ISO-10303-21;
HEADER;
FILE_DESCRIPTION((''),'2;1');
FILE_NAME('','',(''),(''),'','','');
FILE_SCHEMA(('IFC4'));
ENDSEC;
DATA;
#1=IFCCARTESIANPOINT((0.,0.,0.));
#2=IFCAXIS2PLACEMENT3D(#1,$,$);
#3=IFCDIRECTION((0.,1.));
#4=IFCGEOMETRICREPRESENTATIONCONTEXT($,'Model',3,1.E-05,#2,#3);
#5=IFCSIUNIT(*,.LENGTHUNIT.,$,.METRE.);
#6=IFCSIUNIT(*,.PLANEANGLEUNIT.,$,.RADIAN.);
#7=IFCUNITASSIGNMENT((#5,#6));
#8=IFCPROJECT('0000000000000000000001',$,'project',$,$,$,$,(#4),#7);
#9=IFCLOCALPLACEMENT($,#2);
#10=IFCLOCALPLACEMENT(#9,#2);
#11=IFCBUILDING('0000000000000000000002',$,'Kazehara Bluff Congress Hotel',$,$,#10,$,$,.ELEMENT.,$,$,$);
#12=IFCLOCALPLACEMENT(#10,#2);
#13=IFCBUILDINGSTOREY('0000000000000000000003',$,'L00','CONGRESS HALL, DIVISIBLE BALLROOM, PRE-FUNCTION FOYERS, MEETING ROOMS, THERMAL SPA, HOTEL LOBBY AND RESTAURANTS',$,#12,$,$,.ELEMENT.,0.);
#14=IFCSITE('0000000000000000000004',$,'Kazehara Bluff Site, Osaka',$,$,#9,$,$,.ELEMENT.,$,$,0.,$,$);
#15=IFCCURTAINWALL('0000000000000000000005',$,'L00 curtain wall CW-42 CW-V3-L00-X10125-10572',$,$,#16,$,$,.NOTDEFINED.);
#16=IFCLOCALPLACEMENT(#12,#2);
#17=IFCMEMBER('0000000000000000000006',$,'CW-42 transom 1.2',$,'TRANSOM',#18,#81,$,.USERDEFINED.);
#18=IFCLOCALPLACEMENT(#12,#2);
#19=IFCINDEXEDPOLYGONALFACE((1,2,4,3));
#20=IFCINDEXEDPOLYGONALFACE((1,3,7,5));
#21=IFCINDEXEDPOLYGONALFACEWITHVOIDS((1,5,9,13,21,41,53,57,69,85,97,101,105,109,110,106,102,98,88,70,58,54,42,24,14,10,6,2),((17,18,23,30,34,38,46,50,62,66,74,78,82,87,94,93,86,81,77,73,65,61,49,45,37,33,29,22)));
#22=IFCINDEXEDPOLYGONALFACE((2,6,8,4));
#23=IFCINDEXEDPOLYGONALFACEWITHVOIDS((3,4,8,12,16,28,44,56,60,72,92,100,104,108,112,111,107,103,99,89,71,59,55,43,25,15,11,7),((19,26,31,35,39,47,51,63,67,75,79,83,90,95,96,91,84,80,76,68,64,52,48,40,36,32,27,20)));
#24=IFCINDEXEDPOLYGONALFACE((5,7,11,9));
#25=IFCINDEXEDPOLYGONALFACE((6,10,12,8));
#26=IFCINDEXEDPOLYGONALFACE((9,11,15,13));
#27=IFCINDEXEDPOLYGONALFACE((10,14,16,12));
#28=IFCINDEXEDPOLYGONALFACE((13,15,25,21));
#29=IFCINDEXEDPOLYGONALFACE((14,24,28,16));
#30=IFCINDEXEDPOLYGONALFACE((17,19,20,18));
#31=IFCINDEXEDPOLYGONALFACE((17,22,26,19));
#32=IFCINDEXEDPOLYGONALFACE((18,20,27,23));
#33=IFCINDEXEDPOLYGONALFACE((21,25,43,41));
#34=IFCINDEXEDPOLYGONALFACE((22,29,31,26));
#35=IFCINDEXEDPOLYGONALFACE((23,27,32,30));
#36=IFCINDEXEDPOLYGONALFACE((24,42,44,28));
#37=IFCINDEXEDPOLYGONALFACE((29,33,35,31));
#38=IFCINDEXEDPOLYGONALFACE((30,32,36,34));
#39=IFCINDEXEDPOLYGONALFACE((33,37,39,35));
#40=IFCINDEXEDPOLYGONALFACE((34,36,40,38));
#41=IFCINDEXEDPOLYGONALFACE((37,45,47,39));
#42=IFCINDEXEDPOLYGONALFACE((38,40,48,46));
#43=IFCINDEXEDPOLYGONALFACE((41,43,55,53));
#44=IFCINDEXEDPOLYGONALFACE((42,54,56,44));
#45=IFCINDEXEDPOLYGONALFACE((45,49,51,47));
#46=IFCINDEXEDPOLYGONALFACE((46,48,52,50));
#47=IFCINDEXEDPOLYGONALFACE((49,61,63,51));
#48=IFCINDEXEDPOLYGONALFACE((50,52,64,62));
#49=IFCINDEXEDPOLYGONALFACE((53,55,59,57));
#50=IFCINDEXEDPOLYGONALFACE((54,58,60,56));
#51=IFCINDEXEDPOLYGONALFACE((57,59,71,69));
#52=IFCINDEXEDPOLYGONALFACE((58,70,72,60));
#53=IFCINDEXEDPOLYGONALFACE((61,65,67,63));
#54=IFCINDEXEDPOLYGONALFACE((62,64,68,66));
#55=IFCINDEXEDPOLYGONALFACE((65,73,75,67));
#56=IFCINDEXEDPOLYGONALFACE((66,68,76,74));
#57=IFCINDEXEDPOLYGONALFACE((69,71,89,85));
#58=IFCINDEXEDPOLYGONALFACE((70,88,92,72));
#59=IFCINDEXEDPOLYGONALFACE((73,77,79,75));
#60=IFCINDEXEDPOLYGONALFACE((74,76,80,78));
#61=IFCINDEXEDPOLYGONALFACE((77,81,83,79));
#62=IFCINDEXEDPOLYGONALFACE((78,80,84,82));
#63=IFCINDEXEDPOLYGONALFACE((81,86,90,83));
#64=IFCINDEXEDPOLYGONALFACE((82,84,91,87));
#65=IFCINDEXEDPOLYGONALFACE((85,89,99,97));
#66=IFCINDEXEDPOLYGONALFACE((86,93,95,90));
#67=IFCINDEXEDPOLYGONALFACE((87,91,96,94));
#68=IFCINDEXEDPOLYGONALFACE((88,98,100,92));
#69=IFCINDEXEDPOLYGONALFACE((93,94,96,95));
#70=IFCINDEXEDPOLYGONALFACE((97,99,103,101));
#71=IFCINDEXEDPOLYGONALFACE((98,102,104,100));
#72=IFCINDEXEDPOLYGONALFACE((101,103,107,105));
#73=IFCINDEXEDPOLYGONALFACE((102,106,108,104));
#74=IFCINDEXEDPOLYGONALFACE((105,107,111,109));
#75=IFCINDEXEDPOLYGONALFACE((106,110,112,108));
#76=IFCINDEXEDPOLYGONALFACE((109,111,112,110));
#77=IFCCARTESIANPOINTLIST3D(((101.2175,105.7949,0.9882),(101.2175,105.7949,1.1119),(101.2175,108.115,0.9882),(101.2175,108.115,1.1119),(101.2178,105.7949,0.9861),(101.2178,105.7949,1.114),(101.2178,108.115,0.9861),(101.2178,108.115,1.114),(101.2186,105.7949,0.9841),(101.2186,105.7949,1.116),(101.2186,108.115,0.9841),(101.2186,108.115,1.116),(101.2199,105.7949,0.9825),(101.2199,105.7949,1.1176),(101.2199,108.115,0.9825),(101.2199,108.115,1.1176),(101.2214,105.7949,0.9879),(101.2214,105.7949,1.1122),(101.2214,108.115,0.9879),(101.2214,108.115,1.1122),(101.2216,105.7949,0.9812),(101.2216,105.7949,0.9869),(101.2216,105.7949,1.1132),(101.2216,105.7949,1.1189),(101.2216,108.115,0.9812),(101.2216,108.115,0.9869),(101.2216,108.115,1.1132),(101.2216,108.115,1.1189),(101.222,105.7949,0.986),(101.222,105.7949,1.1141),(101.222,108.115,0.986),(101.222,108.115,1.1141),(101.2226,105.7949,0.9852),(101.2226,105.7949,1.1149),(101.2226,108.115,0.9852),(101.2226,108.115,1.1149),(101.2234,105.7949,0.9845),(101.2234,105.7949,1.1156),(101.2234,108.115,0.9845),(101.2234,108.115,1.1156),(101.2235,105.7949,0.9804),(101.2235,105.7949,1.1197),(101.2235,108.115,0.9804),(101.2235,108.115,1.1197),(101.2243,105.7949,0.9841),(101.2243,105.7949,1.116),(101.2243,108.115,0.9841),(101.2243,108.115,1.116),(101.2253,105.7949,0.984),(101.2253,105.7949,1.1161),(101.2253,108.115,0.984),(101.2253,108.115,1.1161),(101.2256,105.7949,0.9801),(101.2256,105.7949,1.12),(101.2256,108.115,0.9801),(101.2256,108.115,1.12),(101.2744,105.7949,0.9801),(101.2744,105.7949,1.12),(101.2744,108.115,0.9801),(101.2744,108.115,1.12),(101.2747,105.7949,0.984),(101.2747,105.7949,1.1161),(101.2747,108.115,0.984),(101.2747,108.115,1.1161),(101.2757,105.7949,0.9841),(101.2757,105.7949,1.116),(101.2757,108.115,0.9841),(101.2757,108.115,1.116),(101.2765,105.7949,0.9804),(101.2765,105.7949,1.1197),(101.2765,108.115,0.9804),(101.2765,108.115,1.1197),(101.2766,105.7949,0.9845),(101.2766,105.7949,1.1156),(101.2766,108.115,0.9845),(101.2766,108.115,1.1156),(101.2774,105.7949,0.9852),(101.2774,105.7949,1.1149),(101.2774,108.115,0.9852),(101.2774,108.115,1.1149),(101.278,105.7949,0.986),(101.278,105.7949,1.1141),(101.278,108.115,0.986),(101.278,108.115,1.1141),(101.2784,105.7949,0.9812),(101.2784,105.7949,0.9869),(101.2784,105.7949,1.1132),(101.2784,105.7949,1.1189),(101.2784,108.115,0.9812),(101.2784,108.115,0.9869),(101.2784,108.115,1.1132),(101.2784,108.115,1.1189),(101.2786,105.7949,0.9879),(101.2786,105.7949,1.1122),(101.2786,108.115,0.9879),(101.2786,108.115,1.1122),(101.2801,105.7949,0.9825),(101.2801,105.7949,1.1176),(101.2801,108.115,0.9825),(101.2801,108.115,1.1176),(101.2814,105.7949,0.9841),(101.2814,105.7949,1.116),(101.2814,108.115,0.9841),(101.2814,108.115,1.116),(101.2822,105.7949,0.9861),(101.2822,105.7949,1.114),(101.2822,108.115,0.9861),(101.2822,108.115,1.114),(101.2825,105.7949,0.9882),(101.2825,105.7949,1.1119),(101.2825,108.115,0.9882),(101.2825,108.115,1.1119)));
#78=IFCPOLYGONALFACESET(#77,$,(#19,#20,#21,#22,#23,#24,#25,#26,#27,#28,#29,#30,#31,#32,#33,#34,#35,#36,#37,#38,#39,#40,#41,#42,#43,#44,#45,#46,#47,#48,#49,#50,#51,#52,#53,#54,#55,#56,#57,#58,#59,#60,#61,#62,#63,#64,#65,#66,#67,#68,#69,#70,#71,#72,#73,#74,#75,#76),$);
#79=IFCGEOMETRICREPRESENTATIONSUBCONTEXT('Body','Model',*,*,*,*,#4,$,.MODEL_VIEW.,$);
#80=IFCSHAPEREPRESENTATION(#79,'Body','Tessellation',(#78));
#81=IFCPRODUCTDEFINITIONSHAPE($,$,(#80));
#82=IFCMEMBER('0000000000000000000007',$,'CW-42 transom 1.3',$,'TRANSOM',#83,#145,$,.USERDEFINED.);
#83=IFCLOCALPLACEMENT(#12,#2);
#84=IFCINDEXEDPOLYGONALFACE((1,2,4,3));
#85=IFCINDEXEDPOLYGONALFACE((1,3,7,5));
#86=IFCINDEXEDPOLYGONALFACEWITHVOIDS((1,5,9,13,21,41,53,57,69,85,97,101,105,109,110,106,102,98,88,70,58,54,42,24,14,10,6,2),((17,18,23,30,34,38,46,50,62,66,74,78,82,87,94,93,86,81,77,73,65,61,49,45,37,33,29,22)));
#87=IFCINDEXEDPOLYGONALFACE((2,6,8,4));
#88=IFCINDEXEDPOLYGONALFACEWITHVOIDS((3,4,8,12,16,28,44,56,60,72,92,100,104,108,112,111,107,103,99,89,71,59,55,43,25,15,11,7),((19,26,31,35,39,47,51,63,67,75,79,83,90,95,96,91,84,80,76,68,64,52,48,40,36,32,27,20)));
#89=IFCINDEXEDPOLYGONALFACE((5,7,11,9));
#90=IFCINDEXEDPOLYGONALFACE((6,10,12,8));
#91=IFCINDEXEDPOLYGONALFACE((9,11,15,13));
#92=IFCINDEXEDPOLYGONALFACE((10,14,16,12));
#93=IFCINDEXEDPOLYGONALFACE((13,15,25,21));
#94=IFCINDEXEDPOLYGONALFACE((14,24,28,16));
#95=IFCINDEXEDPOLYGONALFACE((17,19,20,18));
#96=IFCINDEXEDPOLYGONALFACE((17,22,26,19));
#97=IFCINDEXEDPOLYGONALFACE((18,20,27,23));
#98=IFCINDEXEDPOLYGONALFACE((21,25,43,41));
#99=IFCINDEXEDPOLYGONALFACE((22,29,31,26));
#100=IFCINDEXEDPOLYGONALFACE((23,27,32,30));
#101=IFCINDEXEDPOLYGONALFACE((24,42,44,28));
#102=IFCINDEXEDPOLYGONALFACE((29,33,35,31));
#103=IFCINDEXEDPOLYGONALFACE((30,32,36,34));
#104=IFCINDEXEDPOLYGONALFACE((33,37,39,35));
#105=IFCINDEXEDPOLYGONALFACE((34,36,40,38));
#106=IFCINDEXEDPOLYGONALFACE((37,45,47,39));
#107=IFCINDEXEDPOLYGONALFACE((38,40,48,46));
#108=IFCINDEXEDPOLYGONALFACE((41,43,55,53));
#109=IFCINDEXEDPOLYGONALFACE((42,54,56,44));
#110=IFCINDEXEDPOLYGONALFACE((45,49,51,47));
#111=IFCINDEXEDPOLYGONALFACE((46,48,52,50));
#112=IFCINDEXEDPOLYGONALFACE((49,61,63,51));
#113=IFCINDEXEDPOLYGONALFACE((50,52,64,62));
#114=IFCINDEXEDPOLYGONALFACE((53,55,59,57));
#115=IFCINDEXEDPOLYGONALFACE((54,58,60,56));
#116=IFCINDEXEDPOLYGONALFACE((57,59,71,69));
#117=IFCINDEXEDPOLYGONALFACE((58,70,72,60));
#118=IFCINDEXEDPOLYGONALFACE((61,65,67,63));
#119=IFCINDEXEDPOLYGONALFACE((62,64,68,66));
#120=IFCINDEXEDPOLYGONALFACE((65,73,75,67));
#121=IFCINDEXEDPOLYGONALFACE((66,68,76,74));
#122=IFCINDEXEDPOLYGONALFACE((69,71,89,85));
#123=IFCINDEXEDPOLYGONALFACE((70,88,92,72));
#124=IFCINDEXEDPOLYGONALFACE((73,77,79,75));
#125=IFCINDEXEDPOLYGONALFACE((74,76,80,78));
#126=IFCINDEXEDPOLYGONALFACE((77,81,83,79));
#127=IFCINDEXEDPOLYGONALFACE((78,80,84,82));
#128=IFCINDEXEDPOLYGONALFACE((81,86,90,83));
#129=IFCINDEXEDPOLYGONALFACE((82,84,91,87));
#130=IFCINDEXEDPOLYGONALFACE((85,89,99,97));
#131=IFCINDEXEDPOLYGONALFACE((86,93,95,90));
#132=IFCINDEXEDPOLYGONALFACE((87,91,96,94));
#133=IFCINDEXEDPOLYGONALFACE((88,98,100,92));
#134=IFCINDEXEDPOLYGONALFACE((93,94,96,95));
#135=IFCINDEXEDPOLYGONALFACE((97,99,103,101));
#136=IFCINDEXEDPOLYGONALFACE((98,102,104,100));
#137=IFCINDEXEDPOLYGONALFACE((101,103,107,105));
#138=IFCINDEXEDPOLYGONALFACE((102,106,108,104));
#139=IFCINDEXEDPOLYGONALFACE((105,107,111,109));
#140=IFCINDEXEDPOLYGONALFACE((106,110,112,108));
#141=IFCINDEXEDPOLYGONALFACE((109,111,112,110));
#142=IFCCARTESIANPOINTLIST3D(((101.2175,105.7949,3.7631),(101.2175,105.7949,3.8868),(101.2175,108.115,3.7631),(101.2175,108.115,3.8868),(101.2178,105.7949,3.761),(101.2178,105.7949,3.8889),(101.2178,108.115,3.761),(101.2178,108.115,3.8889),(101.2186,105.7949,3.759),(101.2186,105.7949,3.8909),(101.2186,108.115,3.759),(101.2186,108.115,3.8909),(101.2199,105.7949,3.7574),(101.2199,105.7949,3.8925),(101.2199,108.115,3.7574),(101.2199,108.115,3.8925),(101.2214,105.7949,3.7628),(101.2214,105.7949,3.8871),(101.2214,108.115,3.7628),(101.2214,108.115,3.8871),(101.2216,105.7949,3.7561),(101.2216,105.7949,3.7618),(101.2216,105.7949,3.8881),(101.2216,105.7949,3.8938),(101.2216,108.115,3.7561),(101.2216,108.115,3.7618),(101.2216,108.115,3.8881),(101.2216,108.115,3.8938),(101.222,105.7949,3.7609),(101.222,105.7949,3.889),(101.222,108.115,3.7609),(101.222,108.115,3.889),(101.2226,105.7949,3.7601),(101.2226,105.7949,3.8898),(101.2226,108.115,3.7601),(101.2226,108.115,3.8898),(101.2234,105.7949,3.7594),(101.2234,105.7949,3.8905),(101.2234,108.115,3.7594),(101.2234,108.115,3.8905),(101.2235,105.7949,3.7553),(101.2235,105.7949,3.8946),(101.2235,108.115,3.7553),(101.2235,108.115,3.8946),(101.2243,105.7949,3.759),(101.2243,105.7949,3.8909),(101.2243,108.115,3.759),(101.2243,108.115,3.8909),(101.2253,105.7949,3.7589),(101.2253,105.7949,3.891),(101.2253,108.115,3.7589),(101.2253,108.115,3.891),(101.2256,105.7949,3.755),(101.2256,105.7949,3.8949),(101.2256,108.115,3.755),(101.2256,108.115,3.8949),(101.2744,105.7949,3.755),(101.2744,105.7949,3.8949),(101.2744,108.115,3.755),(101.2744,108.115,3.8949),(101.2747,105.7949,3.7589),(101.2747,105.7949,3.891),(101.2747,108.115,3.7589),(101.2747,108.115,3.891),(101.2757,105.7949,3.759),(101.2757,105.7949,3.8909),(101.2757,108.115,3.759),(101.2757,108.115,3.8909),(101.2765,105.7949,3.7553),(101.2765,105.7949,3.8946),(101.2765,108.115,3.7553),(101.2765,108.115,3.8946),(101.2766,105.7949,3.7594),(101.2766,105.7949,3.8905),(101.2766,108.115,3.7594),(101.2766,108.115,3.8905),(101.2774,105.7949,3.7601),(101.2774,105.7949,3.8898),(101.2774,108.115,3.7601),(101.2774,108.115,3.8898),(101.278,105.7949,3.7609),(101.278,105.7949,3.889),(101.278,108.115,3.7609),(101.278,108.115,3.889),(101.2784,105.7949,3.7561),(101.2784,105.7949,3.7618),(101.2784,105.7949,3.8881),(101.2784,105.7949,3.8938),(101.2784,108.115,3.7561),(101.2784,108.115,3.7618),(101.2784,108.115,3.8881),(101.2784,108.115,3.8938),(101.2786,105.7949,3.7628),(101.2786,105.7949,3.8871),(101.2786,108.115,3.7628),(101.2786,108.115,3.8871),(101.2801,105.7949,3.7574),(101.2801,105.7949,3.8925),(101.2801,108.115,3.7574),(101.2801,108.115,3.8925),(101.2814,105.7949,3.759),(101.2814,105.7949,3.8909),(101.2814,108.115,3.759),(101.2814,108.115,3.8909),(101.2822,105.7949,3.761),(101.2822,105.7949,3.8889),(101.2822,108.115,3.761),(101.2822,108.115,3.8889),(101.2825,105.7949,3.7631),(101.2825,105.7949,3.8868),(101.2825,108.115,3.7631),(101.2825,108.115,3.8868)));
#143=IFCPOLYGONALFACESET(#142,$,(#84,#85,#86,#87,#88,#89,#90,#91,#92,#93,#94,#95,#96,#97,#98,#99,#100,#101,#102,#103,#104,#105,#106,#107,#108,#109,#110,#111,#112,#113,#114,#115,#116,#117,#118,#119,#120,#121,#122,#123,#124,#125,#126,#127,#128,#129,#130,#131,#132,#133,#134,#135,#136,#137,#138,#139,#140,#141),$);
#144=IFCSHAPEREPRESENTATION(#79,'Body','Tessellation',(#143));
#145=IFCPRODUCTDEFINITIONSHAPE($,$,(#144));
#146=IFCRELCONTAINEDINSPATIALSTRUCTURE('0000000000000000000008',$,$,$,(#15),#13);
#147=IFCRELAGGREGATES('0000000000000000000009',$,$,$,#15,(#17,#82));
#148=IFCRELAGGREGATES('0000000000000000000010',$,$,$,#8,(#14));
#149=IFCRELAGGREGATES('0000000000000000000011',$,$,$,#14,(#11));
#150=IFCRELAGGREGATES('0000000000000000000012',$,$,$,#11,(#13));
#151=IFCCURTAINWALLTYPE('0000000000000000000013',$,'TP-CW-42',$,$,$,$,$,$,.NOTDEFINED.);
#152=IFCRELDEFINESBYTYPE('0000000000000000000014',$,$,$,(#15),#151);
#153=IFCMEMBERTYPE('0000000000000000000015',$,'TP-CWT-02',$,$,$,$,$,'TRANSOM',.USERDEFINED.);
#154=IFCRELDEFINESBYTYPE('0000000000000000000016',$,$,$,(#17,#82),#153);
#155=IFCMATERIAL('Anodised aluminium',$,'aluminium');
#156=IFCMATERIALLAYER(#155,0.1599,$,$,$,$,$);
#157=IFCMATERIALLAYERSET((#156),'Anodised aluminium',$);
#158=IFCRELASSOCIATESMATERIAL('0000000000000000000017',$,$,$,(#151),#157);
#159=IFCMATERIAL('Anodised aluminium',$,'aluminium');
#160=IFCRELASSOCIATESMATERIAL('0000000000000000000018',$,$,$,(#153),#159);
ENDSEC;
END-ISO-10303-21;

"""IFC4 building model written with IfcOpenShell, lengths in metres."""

from ifc_helpers import new_model, si_unit, direction, frame, origin, origin_2d, place, context, subcontext, project, spatial, hollow_rectangle, extrude, material, layer, layer_set, material_profile, profile_set, type_object, element, aggregate, save


model = new_model("IFC4")

# Units and contexts
model_context = context("Model", 3, precision=1e-05, world=origin(), true_north=direction((0.0, 1.0)))
body_context = subcontext(model_context, "Body", "Model", "MODEL_VIEW")
ifc_project = project(units=[si_unit("LENGTHUNIT", "METRE"), si_unit("PLANEANGLEUNIT", "RADIAN")], contexts=[model_context])

# Site, building, storey
site_placement = place(None, origin())
site = spatial("IfcSite", under=ifc_project, at=site_placement, Name="Kazehara Bluff Site, Osaka", CompositionType="ELEMENT", RefElevation=0.0)
building_placement = place(site_placement, origin())
building = spatial("IfcBuilding", under=site, at=building_placement, Name="Kazehara Bluff Congress Hotel", CompositionType="ELEMENT")
storey_placement = place(building_placement, origin())
storey = spatial("IfcBuildingStorey", under=building, at=storey_placement, Name="L00", Description="CONGRESS HALL, DIVISIBLE BALLROOM, PRE-FUNCTION FOYERS, MEETING ROOMS, THERMAL SPA, HOTEL LOBBY AND RESTAURANTS", CompositionType="ELEMENT", Elevation=0.0)

# Curtain wall
ifc_material_1 = material(Name="Anodised aluminium", Category="aluminium")
ifc_layer_1 = layer(ifc_material_1, 0.1599)
ifc_layer_set_1 = layer_set([ifc_layer_1], Name="Anodised aluminium")
curtain_wall_type_1 = type_object("IfcCurtainWallType", Name="TP-CW-42", PredefinedType="NOTDEFINED", material=ifc_layer_set_1)
curtain_wall_1_placement = place(storey_placement, origin())
curtain_wall_1 = element("IfcCurtainWall", 1, at=curtain_wall_1_placement, inside=storey, type_object=curtain_wall_type_1, Name="L00 curtain wall CW-42 CW-V3-L00-X10125-10572", PredefinedType="NOTDEFINED")

# Members
ifc_material_2 = material(Name="Anodised aluminium", Category="aluminium")
ifc_material_profile_1 = material_profile(ifc_material_2, hollow_rectangle(XDim=0.0649, YDim=0.1399, WallThickness=0.0039, InnerFilletRadius=0.0039, OuterFilletRadius=0.0081, at=origin_2d()))
ifc_profile_set_1 = profile_set([ifc_material_profile_1], Name="Anodised aluminium")
member_type_1 = type_object("IfcMemberType", Name="TP-CWT-02", ElementType="TRANSOM", PredefinedType="USERDEFINED", material=ifc_profile_set_1)
member_1_placement = place(storey_placement, frame((101.25, 105.7949, 1.05), z_axis=(0.0, 1.0, 0.0), x_axis=(-1.0, 0.0, 0.0)))
member_1 = element("IfcMember", 2, at=member_1_placement, type_object=member_type_1, Name="CW-42 transom 1.2", ObjectType="TRANSOM", PredefinedType="USERDEFINED", context=body_context, shape_type="SweptSolid", body=[
    extrude(hollow_rectangle(XDim=0.0649, YDim=0.1399, WallThickness=0.0039, InnerFilletRadius=0.0039, OuterFilletRadius=0.0081, at=origin_2d()), origin(), (0.0, 0.0, 1.0), 2.3201),
])
member_2_placement = place(storey_placement, frame((101.25, 105.7949, 3.825), z_axis=(0.0, 1.0, 0.0), x_axis=(-1.0, 0.0, 0.0)))
member_2 = element("IfcMember", 3, at=member_2_placement, type_object=member_type_1, Name="CW-42 transom 1.3", ObjectType="TRANSOM", PredefinedType="USERDEFINED", context=body_context, shape_type="SweptSolid", body=[
    extrude(hollow_rectangle(XDim=0.0649, YDim=0.1399, WallThickness=0.0039, InnerFilletRadius=0.0039, OuterFilletRadius=0.0081, at=origin_2d()), origin(), (0.0, 0.0, 1.0), 2.3201),
])

aggregate(curtain_wall_1, [member_1, member_2])

save(model, "model.ifc")
